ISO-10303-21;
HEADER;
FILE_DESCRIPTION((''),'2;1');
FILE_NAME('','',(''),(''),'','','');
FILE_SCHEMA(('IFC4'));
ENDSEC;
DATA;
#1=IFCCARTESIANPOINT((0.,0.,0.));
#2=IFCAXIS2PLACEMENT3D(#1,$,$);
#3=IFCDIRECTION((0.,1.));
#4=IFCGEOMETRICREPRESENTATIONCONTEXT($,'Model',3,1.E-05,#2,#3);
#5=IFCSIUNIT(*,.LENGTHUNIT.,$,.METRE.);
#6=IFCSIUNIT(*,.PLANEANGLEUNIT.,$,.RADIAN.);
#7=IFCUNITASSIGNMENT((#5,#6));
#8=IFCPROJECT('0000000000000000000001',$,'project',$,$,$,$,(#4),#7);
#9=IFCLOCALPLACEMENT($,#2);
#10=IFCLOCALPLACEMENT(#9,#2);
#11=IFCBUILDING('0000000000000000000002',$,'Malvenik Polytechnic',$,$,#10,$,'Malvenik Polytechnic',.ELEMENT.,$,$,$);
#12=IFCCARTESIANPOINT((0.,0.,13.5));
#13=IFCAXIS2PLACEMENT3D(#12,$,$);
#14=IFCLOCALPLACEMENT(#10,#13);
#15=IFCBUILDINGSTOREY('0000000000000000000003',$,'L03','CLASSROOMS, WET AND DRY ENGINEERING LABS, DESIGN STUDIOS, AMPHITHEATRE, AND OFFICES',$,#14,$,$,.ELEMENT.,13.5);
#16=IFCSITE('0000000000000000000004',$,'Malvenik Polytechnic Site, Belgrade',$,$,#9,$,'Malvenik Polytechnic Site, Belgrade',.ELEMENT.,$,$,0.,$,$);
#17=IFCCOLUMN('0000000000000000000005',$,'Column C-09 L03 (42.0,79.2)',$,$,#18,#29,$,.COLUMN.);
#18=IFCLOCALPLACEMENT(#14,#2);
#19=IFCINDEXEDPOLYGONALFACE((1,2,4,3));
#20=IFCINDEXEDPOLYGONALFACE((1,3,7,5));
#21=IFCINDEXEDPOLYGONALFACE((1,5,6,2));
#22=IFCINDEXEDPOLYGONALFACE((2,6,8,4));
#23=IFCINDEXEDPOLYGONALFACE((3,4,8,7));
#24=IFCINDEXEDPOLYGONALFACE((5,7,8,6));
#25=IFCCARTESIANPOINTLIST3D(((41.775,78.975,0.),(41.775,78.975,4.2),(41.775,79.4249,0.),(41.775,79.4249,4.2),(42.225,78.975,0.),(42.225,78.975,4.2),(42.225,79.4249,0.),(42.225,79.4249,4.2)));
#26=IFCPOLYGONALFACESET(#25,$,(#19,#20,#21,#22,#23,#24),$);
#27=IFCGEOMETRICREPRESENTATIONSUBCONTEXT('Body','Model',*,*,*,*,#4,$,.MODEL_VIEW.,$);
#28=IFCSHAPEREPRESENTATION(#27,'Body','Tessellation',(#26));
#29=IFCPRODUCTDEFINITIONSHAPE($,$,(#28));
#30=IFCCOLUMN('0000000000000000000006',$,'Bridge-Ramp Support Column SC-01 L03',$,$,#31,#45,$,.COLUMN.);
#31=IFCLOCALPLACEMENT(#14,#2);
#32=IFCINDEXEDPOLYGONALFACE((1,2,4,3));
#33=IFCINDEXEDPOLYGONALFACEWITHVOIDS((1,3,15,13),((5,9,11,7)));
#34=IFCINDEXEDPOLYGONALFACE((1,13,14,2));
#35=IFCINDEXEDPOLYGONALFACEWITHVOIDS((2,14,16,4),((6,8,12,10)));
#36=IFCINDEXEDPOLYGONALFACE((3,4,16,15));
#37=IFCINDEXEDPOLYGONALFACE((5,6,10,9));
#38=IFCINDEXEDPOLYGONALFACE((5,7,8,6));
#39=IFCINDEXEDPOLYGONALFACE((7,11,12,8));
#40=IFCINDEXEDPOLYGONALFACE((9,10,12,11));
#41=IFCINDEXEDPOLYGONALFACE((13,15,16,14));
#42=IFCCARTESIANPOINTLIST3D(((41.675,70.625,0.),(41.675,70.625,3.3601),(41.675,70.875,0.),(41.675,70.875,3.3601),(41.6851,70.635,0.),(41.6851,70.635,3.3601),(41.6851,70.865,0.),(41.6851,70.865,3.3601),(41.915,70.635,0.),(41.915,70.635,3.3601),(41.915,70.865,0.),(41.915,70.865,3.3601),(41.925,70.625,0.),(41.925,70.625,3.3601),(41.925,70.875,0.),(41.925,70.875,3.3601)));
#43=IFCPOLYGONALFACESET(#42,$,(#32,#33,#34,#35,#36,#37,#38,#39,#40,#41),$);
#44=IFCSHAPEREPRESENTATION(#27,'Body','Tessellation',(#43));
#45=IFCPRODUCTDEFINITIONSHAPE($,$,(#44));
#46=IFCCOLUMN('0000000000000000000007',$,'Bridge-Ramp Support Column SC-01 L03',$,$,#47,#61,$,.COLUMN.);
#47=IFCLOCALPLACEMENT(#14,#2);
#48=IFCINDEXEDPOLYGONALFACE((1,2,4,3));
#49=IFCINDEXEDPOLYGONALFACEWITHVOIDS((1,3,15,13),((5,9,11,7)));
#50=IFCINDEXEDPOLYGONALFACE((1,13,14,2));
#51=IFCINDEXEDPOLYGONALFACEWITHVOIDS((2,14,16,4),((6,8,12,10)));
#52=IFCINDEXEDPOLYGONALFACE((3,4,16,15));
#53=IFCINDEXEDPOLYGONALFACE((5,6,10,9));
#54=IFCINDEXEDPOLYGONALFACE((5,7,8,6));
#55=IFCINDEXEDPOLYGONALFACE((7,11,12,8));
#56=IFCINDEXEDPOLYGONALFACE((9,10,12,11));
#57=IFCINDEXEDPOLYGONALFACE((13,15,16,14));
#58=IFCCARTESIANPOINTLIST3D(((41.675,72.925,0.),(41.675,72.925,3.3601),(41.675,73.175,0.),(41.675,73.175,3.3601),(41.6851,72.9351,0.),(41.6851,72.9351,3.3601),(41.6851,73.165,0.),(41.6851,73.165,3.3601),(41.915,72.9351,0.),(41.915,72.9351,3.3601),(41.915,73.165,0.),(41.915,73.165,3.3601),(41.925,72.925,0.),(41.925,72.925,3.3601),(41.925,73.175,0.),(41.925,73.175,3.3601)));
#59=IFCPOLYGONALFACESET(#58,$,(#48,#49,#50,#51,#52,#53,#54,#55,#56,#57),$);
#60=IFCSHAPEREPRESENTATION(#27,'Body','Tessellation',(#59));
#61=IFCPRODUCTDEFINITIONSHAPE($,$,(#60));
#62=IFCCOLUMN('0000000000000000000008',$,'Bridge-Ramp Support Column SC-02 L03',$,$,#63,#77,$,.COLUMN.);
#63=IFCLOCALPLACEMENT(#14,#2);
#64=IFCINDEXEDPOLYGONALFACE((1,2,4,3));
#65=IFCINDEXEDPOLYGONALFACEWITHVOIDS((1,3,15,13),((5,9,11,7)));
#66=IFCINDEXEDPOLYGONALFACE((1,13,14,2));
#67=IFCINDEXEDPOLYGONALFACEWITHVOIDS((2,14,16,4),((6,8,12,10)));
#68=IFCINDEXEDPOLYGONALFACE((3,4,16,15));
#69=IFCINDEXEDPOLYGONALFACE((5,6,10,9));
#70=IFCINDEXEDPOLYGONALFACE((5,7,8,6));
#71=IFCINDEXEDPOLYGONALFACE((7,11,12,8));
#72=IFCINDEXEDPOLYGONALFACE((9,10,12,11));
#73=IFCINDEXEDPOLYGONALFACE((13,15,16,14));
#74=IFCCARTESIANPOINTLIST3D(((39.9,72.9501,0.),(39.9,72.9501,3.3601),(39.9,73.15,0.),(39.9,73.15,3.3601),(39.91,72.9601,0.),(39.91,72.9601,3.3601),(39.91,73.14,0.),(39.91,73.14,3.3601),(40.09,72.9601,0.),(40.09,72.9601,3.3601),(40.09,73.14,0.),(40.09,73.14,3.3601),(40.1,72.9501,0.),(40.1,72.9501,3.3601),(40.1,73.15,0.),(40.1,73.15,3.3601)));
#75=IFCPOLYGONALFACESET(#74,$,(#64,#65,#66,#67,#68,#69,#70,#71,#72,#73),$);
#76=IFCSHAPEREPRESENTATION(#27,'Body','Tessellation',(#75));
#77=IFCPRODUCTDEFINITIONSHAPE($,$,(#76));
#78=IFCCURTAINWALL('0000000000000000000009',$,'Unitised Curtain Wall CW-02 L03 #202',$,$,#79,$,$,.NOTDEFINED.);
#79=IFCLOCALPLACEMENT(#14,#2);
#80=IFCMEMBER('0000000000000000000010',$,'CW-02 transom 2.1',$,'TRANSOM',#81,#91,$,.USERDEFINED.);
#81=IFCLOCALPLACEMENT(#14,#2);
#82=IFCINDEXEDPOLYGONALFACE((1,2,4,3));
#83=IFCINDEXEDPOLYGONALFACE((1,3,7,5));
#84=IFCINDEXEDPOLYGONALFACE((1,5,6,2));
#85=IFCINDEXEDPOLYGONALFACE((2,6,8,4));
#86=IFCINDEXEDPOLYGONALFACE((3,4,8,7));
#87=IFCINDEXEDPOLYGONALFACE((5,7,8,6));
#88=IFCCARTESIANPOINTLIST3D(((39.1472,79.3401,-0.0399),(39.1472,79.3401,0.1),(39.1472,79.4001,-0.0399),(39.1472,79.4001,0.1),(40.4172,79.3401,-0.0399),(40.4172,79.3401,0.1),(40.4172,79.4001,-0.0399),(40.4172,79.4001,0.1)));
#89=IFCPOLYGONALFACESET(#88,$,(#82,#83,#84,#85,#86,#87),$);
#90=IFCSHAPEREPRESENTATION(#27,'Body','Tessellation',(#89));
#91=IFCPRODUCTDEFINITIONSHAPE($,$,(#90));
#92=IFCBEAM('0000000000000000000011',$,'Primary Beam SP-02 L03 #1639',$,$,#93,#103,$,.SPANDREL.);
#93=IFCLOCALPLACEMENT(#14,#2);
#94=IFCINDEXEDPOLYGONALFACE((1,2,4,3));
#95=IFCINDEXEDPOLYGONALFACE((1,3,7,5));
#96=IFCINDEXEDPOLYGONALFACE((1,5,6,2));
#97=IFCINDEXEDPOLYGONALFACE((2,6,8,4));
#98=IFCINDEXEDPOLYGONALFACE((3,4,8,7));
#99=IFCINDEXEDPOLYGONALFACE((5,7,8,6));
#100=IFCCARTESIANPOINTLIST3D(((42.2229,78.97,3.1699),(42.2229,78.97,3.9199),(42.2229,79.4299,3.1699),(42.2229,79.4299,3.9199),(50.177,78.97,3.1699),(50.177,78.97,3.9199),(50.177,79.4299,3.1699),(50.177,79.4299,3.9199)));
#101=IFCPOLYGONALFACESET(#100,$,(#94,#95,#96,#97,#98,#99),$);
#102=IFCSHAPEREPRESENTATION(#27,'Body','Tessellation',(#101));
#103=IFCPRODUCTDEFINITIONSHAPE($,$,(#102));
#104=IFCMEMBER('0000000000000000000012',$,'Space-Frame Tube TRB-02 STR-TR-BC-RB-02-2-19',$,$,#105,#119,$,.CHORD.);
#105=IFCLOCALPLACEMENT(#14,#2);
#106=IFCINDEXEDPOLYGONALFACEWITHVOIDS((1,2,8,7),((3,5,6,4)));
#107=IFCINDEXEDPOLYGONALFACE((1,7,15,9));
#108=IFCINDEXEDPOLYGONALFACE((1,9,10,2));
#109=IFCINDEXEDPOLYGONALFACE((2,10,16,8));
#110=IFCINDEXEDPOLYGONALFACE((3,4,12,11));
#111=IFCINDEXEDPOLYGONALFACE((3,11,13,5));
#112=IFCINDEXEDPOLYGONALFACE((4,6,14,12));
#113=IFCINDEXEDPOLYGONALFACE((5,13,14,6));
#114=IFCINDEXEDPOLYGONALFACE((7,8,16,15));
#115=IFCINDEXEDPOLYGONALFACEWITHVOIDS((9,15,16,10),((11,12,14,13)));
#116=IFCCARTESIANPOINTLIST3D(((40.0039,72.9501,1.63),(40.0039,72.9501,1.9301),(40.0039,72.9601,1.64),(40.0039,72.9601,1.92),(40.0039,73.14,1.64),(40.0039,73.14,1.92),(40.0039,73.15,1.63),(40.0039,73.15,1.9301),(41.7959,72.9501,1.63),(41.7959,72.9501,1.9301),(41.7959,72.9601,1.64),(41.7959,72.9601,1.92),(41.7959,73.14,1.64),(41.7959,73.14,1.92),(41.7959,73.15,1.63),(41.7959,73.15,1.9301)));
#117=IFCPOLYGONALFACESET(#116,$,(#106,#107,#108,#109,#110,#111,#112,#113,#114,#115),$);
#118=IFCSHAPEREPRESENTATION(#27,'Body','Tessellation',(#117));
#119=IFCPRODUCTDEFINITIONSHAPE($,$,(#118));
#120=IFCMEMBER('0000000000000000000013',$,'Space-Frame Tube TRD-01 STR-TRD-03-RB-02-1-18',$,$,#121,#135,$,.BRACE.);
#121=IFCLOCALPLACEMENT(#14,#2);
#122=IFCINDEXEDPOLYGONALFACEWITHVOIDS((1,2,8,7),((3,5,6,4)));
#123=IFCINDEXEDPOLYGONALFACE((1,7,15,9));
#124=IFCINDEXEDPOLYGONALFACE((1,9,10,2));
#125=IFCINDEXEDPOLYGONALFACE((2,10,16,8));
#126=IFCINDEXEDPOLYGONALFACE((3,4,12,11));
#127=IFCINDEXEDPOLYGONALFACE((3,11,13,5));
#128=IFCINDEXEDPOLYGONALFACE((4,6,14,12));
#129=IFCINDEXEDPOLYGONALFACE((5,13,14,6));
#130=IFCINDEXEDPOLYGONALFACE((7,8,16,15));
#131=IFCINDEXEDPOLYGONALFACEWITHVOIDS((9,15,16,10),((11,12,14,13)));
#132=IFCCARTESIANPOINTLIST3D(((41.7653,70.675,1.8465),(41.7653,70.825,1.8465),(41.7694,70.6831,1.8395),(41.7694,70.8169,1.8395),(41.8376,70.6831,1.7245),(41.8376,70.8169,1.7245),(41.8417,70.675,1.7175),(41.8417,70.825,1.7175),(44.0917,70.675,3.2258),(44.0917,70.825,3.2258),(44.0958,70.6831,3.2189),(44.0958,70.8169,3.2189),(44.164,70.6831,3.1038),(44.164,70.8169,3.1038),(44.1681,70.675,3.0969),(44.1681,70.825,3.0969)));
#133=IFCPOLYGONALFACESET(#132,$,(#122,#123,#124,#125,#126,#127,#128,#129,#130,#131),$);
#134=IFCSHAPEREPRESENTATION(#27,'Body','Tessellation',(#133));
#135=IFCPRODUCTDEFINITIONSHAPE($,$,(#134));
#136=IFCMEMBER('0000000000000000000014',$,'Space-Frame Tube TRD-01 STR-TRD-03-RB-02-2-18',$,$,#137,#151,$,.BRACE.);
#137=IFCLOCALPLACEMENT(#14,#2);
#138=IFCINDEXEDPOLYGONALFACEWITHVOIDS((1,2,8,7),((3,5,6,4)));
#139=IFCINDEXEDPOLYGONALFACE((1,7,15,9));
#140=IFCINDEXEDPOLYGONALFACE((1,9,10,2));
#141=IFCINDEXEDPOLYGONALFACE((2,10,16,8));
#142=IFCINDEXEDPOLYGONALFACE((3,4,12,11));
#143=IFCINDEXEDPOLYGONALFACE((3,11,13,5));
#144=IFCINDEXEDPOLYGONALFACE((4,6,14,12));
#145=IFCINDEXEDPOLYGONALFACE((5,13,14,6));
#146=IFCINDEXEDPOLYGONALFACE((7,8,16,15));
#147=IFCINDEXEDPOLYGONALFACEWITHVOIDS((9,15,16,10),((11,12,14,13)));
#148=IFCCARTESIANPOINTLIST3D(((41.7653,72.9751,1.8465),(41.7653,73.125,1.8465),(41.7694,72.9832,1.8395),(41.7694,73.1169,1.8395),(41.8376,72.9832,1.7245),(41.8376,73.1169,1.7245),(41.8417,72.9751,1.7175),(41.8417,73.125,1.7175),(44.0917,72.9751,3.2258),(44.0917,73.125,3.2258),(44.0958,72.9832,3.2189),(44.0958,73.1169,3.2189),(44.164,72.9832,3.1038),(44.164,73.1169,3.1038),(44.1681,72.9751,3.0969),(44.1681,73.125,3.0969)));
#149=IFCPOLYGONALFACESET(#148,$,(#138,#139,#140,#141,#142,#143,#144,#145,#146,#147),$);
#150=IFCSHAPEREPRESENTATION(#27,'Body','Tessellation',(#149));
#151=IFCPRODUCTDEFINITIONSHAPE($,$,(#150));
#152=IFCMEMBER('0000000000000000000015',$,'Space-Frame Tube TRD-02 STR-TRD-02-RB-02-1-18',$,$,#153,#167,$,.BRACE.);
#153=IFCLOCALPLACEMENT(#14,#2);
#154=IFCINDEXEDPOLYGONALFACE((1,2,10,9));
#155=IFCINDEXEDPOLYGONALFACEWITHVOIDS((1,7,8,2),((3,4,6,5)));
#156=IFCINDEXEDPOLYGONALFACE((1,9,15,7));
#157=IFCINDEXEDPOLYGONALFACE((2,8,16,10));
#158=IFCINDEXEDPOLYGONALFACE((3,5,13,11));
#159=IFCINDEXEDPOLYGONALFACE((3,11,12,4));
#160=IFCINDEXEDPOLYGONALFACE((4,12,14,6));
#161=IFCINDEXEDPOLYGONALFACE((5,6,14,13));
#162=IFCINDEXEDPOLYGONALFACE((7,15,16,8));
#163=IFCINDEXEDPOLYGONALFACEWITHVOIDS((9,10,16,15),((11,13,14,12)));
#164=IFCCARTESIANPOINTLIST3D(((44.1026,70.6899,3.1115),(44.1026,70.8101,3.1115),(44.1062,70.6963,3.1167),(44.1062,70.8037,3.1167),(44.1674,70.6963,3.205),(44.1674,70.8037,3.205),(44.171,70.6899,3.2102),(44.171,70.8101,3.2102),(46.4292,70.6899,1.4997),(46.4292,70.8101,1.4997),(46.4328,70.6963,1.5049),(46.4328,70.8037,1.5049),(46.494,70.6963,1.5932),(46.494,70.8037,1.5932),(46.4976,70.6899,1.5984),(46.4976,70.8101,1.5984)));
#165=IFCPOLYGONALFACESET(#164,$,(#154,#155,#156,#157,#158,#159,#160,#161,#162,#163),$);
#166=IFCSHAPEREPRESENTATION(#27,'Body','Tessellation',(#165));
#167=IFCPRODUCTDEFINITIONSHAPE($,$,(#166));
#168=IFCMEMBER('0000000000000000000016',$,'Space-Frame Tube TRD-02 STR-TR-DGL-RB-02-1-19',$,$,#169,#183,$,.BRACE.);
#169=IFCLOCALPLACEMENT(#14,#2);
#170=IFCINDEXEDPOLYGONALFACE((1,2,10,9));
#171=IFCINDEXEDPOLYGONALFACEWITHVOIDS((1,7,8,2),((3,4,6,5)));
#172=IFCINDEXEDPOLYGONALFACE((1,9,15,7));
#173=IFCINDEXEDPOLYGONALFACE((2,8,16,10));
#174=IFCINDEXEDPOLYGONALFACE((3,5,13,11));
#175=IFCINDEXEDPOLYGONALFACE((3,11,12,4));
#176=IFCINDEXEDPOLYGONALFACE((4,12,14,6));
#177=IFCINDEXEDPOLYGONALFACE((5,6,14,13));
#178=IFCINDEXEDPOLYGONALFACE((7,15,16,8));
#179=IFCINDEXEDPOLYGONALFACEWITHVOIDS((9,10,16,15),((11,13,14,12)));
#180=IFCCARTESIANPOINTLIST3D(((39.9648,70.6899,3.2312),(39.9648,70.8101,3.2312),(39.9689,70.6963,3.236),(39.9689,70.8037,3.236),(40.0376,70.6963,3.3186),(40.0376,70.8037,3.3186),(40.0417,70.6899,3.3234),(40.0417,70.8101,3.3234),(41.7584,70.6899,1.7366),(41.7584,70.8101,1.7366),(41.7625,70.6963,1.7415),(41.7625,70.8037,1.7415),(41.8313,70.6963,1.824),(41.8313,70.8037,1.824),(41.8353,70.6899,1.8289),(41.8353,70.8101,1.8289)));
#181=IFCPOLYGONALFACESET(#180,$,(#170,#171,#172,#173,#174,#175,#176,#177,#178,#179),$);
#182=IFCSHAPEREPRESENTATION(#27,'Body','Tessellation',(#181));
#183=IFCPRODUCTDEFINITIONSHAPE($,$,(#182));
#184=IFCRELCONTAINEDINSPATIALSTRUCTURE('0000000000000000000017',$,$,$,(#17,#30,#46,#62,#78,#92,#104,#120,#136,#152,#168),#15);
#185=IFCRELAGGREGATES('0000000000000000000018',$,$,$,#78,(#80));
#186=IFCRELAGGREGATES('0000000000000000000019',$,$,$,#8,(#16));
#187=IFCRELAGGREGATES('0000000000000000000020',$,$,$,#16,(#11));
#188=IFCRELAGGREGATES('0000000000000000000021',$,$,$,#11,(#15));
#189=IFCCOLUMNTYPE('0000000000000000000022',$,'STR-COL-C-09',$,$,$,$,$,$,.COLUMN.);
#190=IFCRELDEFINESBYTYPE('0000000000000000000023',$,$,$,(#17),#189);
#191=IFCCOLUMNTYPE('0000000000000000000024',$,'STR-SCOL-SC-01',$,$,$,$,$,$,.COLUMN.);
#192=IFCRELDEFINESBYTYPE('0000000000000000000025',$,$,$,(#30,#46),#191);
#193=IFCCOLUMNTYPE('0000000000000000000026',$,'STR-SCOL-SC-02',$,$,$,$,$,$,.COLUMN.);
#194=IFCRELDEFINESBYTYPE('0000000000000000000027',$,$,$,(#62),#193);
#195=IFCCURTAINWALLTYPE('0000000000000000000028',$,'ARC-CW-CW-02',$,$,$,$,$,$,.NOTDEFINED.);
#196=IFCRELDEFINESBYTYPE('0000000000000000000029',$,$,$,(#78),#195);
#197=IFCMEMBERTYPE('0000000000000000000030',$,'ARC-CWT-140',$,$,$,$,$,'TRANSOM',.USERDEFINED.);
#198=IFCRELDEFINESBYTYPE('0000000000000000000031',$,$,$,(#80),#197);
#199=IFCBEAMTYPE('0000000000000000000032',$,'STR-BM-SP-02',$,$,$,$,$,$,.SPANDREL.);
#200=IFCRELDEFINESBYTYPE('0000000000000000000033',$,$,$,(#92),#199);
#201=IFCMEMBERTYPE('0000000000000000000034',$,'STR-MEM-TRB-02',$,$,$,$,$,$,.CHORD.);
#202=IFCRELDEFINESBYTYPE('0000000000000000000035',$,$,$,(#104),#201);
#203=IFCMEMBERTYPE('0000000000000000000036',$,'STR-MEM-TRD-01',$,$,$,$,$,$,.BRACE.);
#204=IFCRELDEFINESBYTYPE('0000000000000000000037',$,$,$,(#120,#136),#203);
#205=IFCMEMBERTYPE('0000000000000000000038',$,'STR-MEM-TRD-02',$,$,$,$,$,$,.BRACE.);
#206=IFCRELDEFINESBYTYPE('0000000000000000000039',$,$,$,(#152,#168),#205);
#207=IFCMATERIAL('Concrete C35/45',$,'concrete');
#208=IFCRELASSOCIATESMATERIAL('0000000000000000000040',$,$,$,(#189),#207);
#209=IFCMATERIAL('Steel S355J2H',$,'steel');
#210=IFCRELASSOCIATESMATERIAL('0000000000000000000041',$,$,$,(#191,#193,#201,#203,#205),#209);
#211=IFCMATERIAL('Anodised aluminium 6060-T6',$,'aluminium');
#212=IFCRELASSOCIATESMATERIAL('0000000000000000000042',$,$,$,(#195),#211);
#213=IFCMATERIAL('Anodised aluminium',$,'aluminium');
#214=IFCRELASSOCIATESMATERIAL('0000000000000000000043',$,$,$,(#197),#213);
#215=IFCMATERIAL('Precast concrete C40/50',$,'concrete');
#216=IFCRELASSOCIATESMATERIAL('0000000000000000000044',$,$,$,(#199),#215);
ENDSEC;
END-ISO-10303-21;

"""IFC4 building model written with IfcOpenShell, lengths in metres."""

from ifc_helpers import new_model, si_unit, direction, frame, origin, origin_2d, place, context, subcontext, project, spatial, rectangle, hollow_rectangle, extrude, material, material_profile, profile_set, type_object, element, aggregate, save


model = new_model("IFC4")

# Units and contexts
model_context = context("Model", 3, precision=1e-05, world=origin(), true_north=direction((0.0, 1.0)))
body_context = subcontext(model_context, "Body", "Model", "MODEL_VIEW")
ifc_project = project(units=[si_unit("LENGTHUNIT", "METRE"), si_unit("PLANEANGLEUNIT", "RADIAN")], contexts=[model_context])

# Site, building, storey
site_placement = place(None, origin())
site = spatial("IfcSite", under=ifc_project, at=site_placement, Name="Malvenik Polytechnic Site, Belgrade", LongName="Malvenik Polytechnic Site, Belgrade", CompositionType="ELEMENT", RefElevation=0.0)
building_placement = place(site_placement, origin())
building = spatial("IfcBuilding", under=site, at=building_placement, Name="Malvenik Polytechnic", LongName="Malvenik Polytechnic", CompositionType="ELEMENT")
storey_placement = place(building_placement, frame((0.0, 0.0, 13.5)))
storey = spatial("IfcBuildingStorey", under=building, at=storey_placement, Name="L03", Description="CLASSROOMS, WET AND DRY ENGINEERING LABS, DESIGN STUDIOS, AMPHITHEATRE, AND OFFICES", CompositionType="ELEMENT", Elevation=13.5)

# Columns
ifc_material_1 = material(Name="Concrete C35/45", Category="concrete")
ifc_material_profile_1 = material_profile(ifc_material_1, rectangle(XDim=0.45, YDim=0.45, at=origin_2d()), Name="RC COL 450x450")
ifc_profile_set_1 = profile_set([ifc_material_profile_1], Name="Concrete C35/45")
column_type_1 = type_object("IfcColumnType", Name="STR-COL-C-09", PredefinedType="COLUMN", material=ifc_profile_set_1)
column_1_placement = place(storey_placement, frame((42.0, 79.2, 0.0), z_axis=(0.0, 0.0, 1.0), x_axis=(1.0, 0.0, 0.0)))
element("IfcColumn", 1, at=column_1_placement, inside=storey, type_object=column_type_1, Name="Column C-09 L03 (42.0,79.2)", PredefinedType="COLUMN", context=body_context, shape_type="SweptSolid", body=[
    extrude(rectangle(XDim=0.45, YDim=0.45, at=origin_2d()), origin(), (0.0, 0.0, 1.0), 4.2),
])
ifc_material_2 = material(Name="Steel S355J2H", Category="steel")
ifc_material_profile_2 = material_profile(ifc_material_2, hollow_rectangle(XDim=0.25, YDim=0.25, WallThickness=0.01, at=origin_2d()), Name="SHS 250x250x10.0")
ifc_profile_set_2 = profile_set([ifc_material_profile_2], Name="Steel S355J2H")
column_type_2 = type_object("IfcColumnType", Name="STR-SCOL-SC-01", PredefinedType="COLUMN", material=ifc_profile_set_2)
for number, where, z_axis, x_axis, name in (
    (2, (41.8, 70.75, 0.0), (0.0, 0.0, 1.0), (1.0, 0.0, 0.0), "Bridge-Ramp Support Column SC-01 L03"),
    (3, (41.8, 73.05, 0.0), (0.0, 0.0, 1.0), (1.0, 0.0, 0.0), "Bridge-Ramp Support Column SC-01 L03"),
):
    element("IfcColumn", number, at=place(storey_placement, frame(where, z_axis=z_axis, x_axis=x_axis)), inside=storey, type_object=column_type_2, Name=name, PredefinedType="COLUMN", context=body_context, shape_type="SweptSolid", body=[
        extrude(hollow_rectangle(XDim=0.25, YDim=0.25, WallThickness=0.01, at=origin_2d()), origin(), (0.0, 0.0, 1.0), 3.3601),
    ])
ifc_material_profile_3 = material_profile(ifc_material_2, hollow_rectangle(XDim=0.2, YDim=0.2, WallThickness=0.01, at=origin_2d()), Name="SHS 200x200x10.0")
ifc_profile_set_3 = profile_set([ifc_material_profile_3], Name="Steel S355J2H")
column_type_3 = type_object("IfcColumnType", Name="STR-SCOL-SC-02", PredefinedType="COLUMN", material=ifc_profile_set_3)
column_2_placement = place(storey_placement, frame((40.0, 73.05, 0.0), z_axis=(0.0, 0.0, 1.0), x_axis=(1.0, 0.0, 0.0)))
element("IfcColumn", 4, at=column_2_placement, inside=storey, type_object=column_type_3, Name="Bridge-Ramp Support Column SC-02 L03", PredefinedType="COLUMN", context=body_context, shape_type="SweptSolid", body=[
    extrude(hollow_rectangle(XDim=0.2, YDim=0.2, WallThickness=0.01, at=origin_2d()), origin(), (0.0, 0.0, 1.0), 3.3601),
])

# Curtain wall, member
ifc_material_3 = material(Name="Anodised aluminium 6060-T6", Category="aluminium")
curtain_wall_type = type_object("IfcCurtainWallType", Name="ARC-CW-CW-02", PredefinedType="NOTDEFINED", material=ifc_material_3)
curtain_wall_placement = place(storey_placement, origin())
curtain_wall = element("IfcCurtainWall", 5, at=curtain_wall_placement, inside=storey, type_object=curtain_wall_type, Name="Unitised Curtain Wall CW-02 L03 #202", PredefinedType="NOTDEFINED")
ifc_material_4 = material(Name="Anodised aluminium", Category="aluminium")
ifc_material_profile_4 = material_profile(ifc_material_4, rectangle(XDim=0.0601, YDim=0.1399, at=origin_2d()), Name="ALU TRANSOM 60x140")
ifc_profile_set_4 = profile_set([ifc_material_profile_4], Name="Anodised aluminium")
member_type_1 = type_object("IfcMemberType", Name="ARC-CWT-140", ElementType="TRANSOM", PredefinedType="USERDEFINED", material=ifc_profile_set_4)
member_1_placement = place(storey_placement, frame((40.4172, 79.3701, 0.03), z_axis=(-1.0, 0.0, 0.0), x_axis=(0.0, -1.0, 0.0)))
member_1 = element("IfcMember", 6, at=member_1_placement, type_object=member_type_1, Name="CW-02 transom 2.1", ObjectType="TRANSOM", PredefinedType="USERDEFINED", context=body_context, shape_type="SweptSolid", body=[
    extrude(rectangle(XDim=0.0601, YDim=0.1399, at=origin_2d()), origin(), (0.0, 0.0, 1.0), 1.27),
])
aggregate(curtain_wall, [member_1])

# Beam
ifc_material_5 = material(Name="Precast concrete C40/50", Category="concrete")
ifc_material_profile_5 = material_profile(ifc_material_5, rectangle(XDim=0.46, YDim=0.75, at=origin_2d()), Name="PC SPN 460x750")
ifc_profile_set_5 = profile_set([ifc_material_profile_5], Name="Precast concrete C40/50")
beam_type = type_object("IfcBeamType", Name="STR-BM-SP-02", PredefinedType="SPANDREL", material=ifc_profile_set_5)
beam_placement = place(storey_placement, frame((42.2229, 79.2, 3.5449), z_axis=(1.0, 0.0, 0.0), x_axis=(0.0, 1.0, 0.0)))
element("IfcBeam", 7, at=beam_placement, inside=storey, type_object=beam_type, Name="Primary Beam SP-02 L03 #1639", PredefinedType="SPANDREL", context=body_context, shape_type="SweptSolid", body=[
    extrude(rectangle(XDim=0.46, YDim=0.75, at=origin_2d()), origin(), (0.0, 0.0, 1.0), 7.9541),
])

# Members
ifc_material_profile_6 = material_profile(ifc_material_2, hollow_rectangle(XDim=0.2, YDim=0.3, WallThickness=0.01, at=origin_2d()), Name="RHS 300x200x10.0")
ifc_profile_set_6 = profile_set([ifc_material_profile_6], Name="Steel S355J2H")
member_type_2 = type_object("IfcMemberType", Name="STR-MEM-TRB-02", PredefinedType="CHORD", material=ifc_profile_set_6)
member_2_placement = place(storey_placement, frame((41.7959, 73.05, 1.78), z_axis=(-1.0, 0.0, 0.0), x_axis=(0.0, -1.0, 0.0)))
element("IfcMember", 8, at=member_2_placement, inside=storey, type_object=member_type_2, Name="Space-Frame Tube TRB-02 STR-TR-BC-RB-02-2-19", PredefinedType="CHORD", context=body_context, shape_type="SweptSolid", body=[
    extrude(hollow_rectangle(XDim=0.2, YDim=0.3, WallThickness=0.01, at=origin_2d()), origin(), (0.0, 0.0, 1.0), 1.792),
])
ifc_material_profile_7 = material_profile(ifc_material_2, hollow_rectangle(XDim=0.1499, YDim=0.1499, WallThickness=0.0081, at=origin_2d()), Name="SHS 150x150x8.0")
ifc_profile_set_7 = profile_set([ifc_material_profile_7], Name="Steel S355J2H")
member_type_3 = type_object("IfcMemberType", Name="STR-MEM-TRD-01", PredefinedType="BRACE", material=ifc_profile_set_7)
for number, where, z_axis, x_axis, name in (
    (9, (44.1299, 70.75, 3.1614), (-0.860165, 0.0, -0.510015), (0.0, -1.0, 0.0), "Space-Frame Tube TRD-01 STR-TRD-03-RB-02-1-18"),
    (10, (44.1299, 73.05, 3.1614), (-0.860165, 0.0, -0.510015), (0.0, -1.0, 0.0), "Space-Frame Tube TRD-01 STR-TRD-03-RB-02-2-18"),
):
    element("IfcMember", number, at=place(storey_placement, frame(where, z_axis=z_axis, x_axis=x_axis)), inside=storey, type_object=member_type_3, Name=name, PredefinedType="BRACE", context=body_context, shape_type="SweptSolid", body=[
        extrude(hollow_rectangle(XDim=0.1499, YDim=0.1499, WallThickness=0.0081, at=origin_2d()), origin(), (0.0, 0.0, 1.0), 2.7046),
    ])
ifc_material_profile_8 = material_profile(ifc_material_2, hollow_rectangle(XDim=0.1201, YDim=0.1201, WallThickness=0.0063, at=origin_2d()), Name="SHS 120x120x6.3")
ifc_profile_set_8 = profile_set([ifc_material_profile_8], Name="Steel S355J2H")
member_type_4 = type_object("IfcMemberType", Name="STR-MEM-TRD-02", PredefinedType="BRACE", material=ifc_profile_set_8)
member_3_placement = place(storey_placement, frame((46.4634, 70.75, 1.5491), z_axis=(-0.822018, 0.0, 0.569461), x_axis=(0.0, -1.0, 0.0)))
element("IfcMember", 11, at=member_3_placement, inside=storey, type_object=member_type_4, Name="Space-Frame Tube TRD-02 STR-TRD-02-RB-02-1-18", PredefinedType="BRACE", context=body_context, shape_type="SweptSolid", body=[
    extrude(hollow_rectangle(XDim=0.1201, YDim=0.1201, WallThickness=0.0063, at=origin_2d()), origin(), (0.0, 0.0, 1.0), 2.8303),
])
member_4_placement = place(storey_placement, frame((41.7969, 70.75, 1.7827), z_axis=(-0.768247, 0.0, 0.640154), x_axis=(0.0, -1.0, 0.0)))
element("IfcMember", 12, at=member_4_placement, inside=storey, type_object=member_type_4, Name="Space-Frame Tube TRD-02 STR-TR-DGL-RB-02-1-19", PredefinedType="BRACE", context=body_context, shape_type="SweptSolid", body=[
    extrude(hollow_rectangle(XDim=0.1201, YDim=0.1201, WallThickness=0.0063, at=origin_2d()), origin(), (0.0, 0.0, 1.0), 2.3347),
])

save(model, "model.ifc")
